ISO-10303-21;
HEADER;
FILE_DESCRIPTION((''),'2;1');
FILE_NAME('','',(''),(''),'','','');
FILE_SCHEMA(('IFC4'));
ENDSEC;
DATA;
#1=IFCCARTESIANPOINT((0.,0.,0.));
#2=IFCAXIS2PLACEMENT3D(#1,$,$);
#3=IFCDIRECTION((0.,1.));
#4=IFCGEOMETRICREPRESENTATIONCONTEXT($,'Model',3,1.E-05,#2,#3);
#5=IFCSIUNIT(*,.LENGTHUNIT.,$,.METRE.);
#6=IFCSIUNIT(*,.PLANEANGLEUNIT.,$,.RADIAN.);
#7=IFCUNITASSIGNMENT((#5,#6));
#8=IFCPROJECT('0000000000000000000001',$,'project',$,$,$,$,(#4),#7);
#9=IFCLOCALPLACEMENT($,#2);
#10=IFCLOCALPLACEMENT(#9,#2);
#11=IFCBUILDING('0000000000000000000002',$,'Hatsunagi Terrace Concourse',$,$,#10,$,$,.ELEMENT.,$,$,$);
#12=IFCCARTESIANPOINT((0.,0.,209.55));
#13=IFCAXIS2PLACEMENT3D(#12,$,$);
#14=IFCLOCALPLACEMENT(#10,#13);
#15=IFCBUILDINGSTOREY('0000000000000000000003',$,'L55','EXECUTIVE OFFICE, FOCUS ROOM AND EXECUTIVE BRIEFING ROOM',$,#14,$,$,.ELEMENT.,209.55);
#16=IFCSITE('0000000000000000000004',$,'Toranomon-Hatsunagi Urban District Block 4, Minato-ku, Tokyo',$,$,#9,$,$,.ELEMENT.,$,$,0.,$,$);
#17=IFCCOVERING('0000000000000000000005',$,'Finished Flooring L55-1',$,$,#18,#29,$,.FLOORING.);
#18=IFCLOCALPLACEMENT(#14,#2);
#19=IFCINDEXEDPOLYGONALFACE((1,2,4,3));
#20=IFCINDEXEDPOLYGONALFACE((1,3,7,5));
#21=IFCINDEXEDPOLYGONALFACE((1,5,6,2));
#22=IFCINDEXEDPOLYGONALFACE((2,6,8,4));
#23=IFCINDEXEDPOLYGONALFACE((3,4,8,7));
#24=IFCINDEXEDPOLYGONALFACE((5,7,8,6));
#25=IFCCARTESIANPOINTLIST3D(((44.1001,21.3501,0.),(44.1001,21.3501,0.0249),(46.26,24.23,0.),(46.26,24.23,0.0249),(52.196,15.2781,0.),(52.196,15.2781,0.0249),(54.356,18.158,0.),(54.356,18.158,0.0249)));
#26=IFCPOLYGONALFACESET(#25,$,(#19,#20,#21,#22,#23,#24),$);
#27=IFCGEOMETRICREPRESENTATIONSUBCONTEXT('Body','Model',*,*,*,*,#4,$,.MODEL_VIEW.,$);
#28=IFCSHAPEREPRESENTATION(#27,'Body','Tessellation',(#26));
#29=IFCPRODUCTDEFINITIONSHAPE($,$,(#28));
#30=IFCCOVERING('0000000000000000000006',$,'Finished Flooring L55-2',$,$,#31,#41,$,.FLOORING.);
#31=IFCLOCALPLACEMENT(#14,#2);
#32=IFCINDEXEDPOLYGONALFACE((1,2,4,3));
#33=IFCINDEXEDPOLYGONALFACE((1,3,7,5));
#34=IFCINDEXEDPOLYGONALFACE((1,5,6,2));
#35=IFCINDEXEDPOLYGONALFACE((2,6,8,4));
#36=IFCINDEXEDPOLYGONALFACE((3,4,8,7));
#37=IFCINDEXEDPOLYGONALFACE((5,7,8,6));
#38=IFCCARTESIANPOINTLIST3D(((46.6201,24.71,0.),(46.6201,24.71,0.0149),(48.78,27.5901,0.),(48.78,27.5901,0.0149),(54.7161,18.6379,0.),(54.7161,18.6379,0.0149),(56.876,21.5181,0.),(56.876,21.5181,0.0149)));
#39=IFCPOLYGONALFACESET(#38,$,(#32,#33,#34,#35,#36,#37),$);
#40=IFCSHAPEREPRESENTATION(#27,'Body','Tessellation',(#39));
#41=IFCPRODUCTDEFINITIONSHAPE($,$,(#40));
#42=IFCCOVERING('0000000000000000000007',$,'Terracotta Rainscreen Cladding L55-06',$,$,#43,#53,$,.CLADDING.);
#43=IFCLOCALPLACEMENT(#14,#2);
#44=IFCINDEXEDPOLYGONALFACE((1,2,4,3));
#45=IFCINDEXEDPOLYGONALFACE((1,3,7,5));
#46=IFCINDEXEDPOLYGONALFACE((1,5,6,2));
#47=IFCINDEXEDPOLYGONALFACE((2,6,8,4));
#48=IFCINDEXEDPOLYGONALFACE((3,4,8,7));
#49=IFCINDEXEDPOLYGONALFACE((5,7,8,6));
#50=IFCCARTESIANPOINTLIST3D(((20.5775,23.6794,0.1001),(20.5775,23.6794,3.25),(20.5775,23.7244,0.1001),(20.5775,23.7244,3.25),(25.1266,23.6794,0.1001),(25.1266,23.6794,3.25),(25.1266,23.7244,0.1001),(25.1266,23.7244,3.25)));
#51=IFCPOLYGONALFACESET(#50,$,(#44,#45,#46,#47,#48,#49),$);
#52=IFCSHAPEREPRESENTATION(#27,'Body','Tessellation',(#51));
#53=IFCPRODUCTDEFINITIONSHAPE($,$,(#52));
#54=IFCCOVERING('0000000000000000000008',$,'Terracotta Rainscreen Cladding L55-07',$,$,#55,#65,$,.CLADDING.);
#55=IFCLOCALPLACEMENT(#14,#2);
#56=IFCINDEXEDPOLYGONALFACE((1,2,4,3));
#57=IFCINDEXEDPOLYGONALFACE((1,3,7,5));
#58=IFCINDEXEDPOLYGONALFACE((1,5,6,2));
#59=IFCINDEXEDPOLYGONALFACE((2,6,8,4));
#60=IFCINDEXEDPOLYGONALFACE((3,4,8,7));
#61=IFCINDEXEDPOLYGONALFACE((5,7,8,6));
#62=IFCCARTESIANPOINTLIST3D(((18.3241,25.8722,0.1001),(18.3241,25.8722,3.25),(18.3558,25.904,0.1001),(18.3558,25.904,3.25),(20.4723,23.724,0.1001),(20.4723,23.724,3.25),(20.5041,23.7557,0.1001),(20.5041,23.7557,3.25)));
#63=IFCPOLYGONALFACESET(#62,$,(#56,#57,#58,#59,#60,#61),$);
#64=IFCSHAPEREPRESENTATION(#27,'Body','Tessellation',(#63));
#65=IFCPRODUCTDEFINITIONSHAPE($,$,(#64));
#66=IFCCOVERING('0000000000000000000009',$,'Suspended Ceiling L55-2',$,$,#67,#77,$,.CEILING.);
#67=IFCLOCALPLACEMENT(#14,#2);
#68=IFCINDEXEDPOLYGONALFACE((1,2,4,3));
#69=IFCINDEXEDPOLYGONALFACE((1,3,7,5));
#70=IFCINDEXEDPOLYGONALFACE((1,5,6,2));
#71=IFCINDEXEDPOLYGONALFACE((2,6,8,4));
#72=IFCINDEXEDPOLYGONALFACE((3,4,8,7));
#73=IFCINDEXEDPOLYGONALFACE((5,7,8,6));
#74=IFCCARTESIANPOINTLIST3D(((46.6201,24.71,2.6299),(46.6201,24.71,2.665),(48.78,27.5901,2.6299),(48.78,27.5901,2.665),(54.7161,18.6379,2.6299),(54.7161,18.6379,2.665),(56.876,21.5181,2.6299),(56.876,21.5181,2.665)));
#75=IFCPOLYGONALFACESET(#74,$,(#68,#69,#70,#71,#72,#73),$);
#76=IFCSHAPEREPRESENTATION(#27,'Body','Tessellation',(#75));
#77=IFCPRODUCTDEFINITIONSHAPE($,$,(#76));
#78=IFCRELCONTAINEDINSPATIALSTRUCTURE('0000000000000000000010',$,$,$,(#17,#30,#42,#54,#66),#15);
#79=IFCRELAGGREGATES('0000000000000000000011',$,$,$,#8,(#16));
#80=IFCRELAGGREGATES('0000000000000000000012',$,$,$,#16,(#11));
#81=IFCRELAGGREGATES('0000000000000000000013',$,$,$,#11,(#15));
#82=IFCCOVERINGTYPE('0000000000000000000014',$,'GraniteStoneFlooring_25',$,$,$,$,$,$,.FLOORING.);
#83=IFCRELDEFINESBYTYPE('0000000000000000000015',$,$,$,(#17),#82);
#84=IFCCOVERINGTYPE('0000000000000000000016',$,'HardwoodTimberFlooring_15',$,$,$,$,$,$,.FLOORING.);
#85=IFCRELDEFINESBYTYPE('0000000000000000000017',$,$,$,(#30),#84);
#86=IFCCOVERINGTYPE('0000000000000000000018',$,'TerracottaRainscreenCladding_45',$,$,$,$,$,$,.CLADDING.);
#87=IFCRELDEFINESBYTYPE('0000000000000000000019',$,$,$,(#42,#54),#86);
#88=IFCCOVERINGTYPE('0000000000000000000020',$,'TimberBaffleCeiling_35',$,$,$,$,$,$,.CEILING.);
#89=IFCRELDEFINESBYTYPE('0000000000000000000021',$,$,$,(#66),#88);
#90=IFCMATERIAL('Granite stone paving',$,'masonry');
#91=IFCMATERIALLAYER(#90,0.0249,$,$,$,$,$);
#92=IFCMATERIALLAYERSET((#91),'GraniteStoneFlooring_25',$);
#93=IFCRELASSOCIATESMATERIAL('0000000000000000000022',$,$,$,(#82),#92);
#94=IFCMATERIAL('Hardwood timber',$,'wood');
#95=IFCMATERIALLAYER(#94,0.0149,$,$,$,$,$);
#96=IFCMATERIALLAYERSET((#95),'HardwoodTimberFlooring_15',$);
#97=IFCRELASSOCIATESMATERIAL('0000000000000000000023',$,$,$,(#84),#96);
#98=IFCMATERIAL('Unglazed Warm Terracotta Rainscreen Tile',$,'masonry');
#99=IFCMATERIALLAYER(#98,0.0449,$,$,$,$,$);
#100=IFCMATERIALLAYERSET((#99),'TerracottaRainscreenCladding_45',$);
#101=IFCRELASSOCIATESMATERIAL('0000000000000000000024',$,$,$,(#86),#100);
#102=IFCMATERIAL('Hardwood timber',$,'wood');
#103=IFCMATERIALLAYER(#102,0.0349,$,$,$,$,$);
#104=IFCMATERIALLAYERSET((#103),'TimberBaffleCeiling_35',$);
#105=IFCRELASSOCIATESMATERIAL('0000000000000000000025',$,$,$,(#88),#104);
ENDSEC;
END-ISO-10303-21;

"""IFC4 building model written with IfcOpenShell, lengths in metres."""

from ifc_helpers import new_model, si_unit, direction, frame, origin, origin_2d, place, context, subcontext, project, spatial, polyline, rectangle, outline, extrude, material, layer, layer_set, type_object, element, save


model = new_model("IFC4")

# Units and contexts
model_context = context("Model", 3, precision=1e-05, world=origin(), true_north=direction((0.0, 1.0)))
body_context = subcontext(model_context, "Body", "Model", "MODEL_VIEW")
ifc_project = project(units=[si_unit("LENGTHUNIT", "METRE"), si_unit("PLANEANGLEUNIT", "RADIAN")], contexts=[model_context])

# Site, building, storey
site_placement = place(None, origin())
site = spatial("IfcSite", under=ifc_project, at=site_placement, Name="Toranomon-Hatsunagi Urban District Block 4, Minato-ku, Tokyo", CompositionType="ELEMENT", RefElevation=0.0)
building_placement = place(site_placement, origin())
building = spatial("IfcBuilding", under=site, at=building_placement, Name="Hatsunagi Terrace Concourse", CompositionType="ELEMENT")
storey_placement = place(building_placement, frame((0.0, 0.0, 209.55)))
storey = spatial("IfcBuildingStorey", under=building, at=storey_placement, Name="L55", Description="EXECUTIVE OFFICE, FOCUS ROOM AND EXECUTIVE BRIEFING ROOM", CompositionType="ELEMENT", Elevation=209.55)

# Coverings
ifc_material_1 = material(Name="Granite stone paving", Category="masonry")
ifc_layer_1 = layer(ifc_material_1, 0.0249)
ifc_layer_set_1 = layer_set([ifc_layer_1], Name="GraniteStoneFlooring_25")
covering_type_1 = type_object("IfcCoveringType", Name="GraniteStoneFlooring_25", PredefinedType="FLOORING", material=ifc_layer_set_1)
covering_1_placement = place(storey_placement, origin())
element("IfcCovering", 1, at=covering_1_placement, inside=storey, type_object=covering_type_1, Name="Finished Flooring L55-1", PredefinedType="FLOORING", context=body_context, shape_type="SweptSolid", body=[
    extrude(outline(polyline([(54.356, 18.158), (46.26, 24.23), (44.1001, 21.3501), (52.196, 15.2781), (54.356, 18.158)])), origin(), (0.0, 0.0, 1.0), 0.0249),
])
ifc_material_2 = material(Name="Hardwood timber", Category="wood")
ifc_layer_2 = layer(ifc_material_2, 0.0149)
ifc_layer_set_2 = layer_set([ifc_layer_2], Name="HardwoodTimberFlooring_15")
covering_type_2 = type_object("IfcCoveringType", Name="HardwoodTimberFlooring_15", PredefinedType="FLOORING", material=ifc_layer_set_2)
covering_2_placement = place(storey_placement, origin())
element("IfcCovering", 2, at=covering_2_placement, inside=storey, type_object=covering_type_2, Name="Finished Flooring L55-2", PredefinedType="FLOORING", context=body_context, shape_type="SweptSolid", body=[
    extrude(outline(polyline([(56.876, 21.5181), (48.78, 27.5901), (46.6201, 24.71), (54.7161, 18.6379), (56.876, 21.5181)])), origin(), (0.0, 0.0, 1.0), 0.0149),
])
ifc_material_3 = material(Name="Unglazed Warm Terracotta Rainscreen Tile", Category="masonry")
ifc_layer_3 = layer(ifc_material_3, 0.0449)
ifc_layer_set_3 = layer_set([ifc_layer_3], Name="TerracottaRainscreenCladding_45")
covering_type_3 = type_object("IfcCoveringType", Name="TerracottaRainscreenCladding_45", PredefinedType="CLADDING", material=ifc_layer_set_3)
covering_3_placement = place(storey_placement, frame((22.8521, 23.7019, 0.1001), z_axis=(0.0, 0.0, 1.0), x_axis=(-1.0, 0.0, 0.0)))
element("IfcCovering", 3, at=covering_3_placement, inside=storey, type_object=covering_type_3, Name="Terracotta Rainscreen Cladding L55-06", PredefinedType="CLADDING", context=body_context, shape_type="SweptSolid", body=[
    extrude(rectangle(XDim=4.5491, YDim=0.0449, at=origin_2d()), origin(), (0.0, 0.0, 1.0), 3.1499),
])
covering_4_placement = place(storey_placement, frame((19.4141, 24.814, 0.1001), z_axis=(0.0, 0.0, 1.0), x_axis=(-0.707107, 0.707107, 0.0)))
element("IfcCovering", 4, at=covering_4_placement, inside=storey, type_object=covering_type_3, Name="Terracotta Rainscreen Cladding L55-07", PredefinedType="CLADDING", context=body_context, shape_type="SweptSolid", body=[
    extrude(rectangle(XDim=3.0381, YDim=0.0449, at=origin_2d()), origin(), (0.0, 0.0, 1.0), 3.1499),
])
ifc_material_4 = material(Name="Hardwood timber", Category="wood")
ifc_layer_4 = layer(ifc_material_4, 0.0349)
ifc_layer_set_4 = layer_set([ifc_layer_4], Name="TimberBaffleCeiling_35")
covering_type_4 = type_object("IfcCoveringType", Name="TimberBaffleCeiling_35", PredefinedType="CEILING", material=ifc_layer_set_4)
covering_5_placement = place(storey_placement, frame((0.0, 0.0, 2.6299)))
element("IfcCovering", 5, at=covering_5_placement, inside=storey, type_object=covering_type_4, Name="Suspended Ceiling L55-2", PredefinedType="CEILING", context=body_context, shape_type="SweptSolid", body=[
    extrude(outline(polyline([(56.876, 21.5181), (48.78, 27.5901), (46.6201, 24.71), (54.7161, 18.6379), (56.876, 21.5181)])), origin(), (0.0, 0.0, 1.0), 0.0352),
])

save(model, "model.ifc")
